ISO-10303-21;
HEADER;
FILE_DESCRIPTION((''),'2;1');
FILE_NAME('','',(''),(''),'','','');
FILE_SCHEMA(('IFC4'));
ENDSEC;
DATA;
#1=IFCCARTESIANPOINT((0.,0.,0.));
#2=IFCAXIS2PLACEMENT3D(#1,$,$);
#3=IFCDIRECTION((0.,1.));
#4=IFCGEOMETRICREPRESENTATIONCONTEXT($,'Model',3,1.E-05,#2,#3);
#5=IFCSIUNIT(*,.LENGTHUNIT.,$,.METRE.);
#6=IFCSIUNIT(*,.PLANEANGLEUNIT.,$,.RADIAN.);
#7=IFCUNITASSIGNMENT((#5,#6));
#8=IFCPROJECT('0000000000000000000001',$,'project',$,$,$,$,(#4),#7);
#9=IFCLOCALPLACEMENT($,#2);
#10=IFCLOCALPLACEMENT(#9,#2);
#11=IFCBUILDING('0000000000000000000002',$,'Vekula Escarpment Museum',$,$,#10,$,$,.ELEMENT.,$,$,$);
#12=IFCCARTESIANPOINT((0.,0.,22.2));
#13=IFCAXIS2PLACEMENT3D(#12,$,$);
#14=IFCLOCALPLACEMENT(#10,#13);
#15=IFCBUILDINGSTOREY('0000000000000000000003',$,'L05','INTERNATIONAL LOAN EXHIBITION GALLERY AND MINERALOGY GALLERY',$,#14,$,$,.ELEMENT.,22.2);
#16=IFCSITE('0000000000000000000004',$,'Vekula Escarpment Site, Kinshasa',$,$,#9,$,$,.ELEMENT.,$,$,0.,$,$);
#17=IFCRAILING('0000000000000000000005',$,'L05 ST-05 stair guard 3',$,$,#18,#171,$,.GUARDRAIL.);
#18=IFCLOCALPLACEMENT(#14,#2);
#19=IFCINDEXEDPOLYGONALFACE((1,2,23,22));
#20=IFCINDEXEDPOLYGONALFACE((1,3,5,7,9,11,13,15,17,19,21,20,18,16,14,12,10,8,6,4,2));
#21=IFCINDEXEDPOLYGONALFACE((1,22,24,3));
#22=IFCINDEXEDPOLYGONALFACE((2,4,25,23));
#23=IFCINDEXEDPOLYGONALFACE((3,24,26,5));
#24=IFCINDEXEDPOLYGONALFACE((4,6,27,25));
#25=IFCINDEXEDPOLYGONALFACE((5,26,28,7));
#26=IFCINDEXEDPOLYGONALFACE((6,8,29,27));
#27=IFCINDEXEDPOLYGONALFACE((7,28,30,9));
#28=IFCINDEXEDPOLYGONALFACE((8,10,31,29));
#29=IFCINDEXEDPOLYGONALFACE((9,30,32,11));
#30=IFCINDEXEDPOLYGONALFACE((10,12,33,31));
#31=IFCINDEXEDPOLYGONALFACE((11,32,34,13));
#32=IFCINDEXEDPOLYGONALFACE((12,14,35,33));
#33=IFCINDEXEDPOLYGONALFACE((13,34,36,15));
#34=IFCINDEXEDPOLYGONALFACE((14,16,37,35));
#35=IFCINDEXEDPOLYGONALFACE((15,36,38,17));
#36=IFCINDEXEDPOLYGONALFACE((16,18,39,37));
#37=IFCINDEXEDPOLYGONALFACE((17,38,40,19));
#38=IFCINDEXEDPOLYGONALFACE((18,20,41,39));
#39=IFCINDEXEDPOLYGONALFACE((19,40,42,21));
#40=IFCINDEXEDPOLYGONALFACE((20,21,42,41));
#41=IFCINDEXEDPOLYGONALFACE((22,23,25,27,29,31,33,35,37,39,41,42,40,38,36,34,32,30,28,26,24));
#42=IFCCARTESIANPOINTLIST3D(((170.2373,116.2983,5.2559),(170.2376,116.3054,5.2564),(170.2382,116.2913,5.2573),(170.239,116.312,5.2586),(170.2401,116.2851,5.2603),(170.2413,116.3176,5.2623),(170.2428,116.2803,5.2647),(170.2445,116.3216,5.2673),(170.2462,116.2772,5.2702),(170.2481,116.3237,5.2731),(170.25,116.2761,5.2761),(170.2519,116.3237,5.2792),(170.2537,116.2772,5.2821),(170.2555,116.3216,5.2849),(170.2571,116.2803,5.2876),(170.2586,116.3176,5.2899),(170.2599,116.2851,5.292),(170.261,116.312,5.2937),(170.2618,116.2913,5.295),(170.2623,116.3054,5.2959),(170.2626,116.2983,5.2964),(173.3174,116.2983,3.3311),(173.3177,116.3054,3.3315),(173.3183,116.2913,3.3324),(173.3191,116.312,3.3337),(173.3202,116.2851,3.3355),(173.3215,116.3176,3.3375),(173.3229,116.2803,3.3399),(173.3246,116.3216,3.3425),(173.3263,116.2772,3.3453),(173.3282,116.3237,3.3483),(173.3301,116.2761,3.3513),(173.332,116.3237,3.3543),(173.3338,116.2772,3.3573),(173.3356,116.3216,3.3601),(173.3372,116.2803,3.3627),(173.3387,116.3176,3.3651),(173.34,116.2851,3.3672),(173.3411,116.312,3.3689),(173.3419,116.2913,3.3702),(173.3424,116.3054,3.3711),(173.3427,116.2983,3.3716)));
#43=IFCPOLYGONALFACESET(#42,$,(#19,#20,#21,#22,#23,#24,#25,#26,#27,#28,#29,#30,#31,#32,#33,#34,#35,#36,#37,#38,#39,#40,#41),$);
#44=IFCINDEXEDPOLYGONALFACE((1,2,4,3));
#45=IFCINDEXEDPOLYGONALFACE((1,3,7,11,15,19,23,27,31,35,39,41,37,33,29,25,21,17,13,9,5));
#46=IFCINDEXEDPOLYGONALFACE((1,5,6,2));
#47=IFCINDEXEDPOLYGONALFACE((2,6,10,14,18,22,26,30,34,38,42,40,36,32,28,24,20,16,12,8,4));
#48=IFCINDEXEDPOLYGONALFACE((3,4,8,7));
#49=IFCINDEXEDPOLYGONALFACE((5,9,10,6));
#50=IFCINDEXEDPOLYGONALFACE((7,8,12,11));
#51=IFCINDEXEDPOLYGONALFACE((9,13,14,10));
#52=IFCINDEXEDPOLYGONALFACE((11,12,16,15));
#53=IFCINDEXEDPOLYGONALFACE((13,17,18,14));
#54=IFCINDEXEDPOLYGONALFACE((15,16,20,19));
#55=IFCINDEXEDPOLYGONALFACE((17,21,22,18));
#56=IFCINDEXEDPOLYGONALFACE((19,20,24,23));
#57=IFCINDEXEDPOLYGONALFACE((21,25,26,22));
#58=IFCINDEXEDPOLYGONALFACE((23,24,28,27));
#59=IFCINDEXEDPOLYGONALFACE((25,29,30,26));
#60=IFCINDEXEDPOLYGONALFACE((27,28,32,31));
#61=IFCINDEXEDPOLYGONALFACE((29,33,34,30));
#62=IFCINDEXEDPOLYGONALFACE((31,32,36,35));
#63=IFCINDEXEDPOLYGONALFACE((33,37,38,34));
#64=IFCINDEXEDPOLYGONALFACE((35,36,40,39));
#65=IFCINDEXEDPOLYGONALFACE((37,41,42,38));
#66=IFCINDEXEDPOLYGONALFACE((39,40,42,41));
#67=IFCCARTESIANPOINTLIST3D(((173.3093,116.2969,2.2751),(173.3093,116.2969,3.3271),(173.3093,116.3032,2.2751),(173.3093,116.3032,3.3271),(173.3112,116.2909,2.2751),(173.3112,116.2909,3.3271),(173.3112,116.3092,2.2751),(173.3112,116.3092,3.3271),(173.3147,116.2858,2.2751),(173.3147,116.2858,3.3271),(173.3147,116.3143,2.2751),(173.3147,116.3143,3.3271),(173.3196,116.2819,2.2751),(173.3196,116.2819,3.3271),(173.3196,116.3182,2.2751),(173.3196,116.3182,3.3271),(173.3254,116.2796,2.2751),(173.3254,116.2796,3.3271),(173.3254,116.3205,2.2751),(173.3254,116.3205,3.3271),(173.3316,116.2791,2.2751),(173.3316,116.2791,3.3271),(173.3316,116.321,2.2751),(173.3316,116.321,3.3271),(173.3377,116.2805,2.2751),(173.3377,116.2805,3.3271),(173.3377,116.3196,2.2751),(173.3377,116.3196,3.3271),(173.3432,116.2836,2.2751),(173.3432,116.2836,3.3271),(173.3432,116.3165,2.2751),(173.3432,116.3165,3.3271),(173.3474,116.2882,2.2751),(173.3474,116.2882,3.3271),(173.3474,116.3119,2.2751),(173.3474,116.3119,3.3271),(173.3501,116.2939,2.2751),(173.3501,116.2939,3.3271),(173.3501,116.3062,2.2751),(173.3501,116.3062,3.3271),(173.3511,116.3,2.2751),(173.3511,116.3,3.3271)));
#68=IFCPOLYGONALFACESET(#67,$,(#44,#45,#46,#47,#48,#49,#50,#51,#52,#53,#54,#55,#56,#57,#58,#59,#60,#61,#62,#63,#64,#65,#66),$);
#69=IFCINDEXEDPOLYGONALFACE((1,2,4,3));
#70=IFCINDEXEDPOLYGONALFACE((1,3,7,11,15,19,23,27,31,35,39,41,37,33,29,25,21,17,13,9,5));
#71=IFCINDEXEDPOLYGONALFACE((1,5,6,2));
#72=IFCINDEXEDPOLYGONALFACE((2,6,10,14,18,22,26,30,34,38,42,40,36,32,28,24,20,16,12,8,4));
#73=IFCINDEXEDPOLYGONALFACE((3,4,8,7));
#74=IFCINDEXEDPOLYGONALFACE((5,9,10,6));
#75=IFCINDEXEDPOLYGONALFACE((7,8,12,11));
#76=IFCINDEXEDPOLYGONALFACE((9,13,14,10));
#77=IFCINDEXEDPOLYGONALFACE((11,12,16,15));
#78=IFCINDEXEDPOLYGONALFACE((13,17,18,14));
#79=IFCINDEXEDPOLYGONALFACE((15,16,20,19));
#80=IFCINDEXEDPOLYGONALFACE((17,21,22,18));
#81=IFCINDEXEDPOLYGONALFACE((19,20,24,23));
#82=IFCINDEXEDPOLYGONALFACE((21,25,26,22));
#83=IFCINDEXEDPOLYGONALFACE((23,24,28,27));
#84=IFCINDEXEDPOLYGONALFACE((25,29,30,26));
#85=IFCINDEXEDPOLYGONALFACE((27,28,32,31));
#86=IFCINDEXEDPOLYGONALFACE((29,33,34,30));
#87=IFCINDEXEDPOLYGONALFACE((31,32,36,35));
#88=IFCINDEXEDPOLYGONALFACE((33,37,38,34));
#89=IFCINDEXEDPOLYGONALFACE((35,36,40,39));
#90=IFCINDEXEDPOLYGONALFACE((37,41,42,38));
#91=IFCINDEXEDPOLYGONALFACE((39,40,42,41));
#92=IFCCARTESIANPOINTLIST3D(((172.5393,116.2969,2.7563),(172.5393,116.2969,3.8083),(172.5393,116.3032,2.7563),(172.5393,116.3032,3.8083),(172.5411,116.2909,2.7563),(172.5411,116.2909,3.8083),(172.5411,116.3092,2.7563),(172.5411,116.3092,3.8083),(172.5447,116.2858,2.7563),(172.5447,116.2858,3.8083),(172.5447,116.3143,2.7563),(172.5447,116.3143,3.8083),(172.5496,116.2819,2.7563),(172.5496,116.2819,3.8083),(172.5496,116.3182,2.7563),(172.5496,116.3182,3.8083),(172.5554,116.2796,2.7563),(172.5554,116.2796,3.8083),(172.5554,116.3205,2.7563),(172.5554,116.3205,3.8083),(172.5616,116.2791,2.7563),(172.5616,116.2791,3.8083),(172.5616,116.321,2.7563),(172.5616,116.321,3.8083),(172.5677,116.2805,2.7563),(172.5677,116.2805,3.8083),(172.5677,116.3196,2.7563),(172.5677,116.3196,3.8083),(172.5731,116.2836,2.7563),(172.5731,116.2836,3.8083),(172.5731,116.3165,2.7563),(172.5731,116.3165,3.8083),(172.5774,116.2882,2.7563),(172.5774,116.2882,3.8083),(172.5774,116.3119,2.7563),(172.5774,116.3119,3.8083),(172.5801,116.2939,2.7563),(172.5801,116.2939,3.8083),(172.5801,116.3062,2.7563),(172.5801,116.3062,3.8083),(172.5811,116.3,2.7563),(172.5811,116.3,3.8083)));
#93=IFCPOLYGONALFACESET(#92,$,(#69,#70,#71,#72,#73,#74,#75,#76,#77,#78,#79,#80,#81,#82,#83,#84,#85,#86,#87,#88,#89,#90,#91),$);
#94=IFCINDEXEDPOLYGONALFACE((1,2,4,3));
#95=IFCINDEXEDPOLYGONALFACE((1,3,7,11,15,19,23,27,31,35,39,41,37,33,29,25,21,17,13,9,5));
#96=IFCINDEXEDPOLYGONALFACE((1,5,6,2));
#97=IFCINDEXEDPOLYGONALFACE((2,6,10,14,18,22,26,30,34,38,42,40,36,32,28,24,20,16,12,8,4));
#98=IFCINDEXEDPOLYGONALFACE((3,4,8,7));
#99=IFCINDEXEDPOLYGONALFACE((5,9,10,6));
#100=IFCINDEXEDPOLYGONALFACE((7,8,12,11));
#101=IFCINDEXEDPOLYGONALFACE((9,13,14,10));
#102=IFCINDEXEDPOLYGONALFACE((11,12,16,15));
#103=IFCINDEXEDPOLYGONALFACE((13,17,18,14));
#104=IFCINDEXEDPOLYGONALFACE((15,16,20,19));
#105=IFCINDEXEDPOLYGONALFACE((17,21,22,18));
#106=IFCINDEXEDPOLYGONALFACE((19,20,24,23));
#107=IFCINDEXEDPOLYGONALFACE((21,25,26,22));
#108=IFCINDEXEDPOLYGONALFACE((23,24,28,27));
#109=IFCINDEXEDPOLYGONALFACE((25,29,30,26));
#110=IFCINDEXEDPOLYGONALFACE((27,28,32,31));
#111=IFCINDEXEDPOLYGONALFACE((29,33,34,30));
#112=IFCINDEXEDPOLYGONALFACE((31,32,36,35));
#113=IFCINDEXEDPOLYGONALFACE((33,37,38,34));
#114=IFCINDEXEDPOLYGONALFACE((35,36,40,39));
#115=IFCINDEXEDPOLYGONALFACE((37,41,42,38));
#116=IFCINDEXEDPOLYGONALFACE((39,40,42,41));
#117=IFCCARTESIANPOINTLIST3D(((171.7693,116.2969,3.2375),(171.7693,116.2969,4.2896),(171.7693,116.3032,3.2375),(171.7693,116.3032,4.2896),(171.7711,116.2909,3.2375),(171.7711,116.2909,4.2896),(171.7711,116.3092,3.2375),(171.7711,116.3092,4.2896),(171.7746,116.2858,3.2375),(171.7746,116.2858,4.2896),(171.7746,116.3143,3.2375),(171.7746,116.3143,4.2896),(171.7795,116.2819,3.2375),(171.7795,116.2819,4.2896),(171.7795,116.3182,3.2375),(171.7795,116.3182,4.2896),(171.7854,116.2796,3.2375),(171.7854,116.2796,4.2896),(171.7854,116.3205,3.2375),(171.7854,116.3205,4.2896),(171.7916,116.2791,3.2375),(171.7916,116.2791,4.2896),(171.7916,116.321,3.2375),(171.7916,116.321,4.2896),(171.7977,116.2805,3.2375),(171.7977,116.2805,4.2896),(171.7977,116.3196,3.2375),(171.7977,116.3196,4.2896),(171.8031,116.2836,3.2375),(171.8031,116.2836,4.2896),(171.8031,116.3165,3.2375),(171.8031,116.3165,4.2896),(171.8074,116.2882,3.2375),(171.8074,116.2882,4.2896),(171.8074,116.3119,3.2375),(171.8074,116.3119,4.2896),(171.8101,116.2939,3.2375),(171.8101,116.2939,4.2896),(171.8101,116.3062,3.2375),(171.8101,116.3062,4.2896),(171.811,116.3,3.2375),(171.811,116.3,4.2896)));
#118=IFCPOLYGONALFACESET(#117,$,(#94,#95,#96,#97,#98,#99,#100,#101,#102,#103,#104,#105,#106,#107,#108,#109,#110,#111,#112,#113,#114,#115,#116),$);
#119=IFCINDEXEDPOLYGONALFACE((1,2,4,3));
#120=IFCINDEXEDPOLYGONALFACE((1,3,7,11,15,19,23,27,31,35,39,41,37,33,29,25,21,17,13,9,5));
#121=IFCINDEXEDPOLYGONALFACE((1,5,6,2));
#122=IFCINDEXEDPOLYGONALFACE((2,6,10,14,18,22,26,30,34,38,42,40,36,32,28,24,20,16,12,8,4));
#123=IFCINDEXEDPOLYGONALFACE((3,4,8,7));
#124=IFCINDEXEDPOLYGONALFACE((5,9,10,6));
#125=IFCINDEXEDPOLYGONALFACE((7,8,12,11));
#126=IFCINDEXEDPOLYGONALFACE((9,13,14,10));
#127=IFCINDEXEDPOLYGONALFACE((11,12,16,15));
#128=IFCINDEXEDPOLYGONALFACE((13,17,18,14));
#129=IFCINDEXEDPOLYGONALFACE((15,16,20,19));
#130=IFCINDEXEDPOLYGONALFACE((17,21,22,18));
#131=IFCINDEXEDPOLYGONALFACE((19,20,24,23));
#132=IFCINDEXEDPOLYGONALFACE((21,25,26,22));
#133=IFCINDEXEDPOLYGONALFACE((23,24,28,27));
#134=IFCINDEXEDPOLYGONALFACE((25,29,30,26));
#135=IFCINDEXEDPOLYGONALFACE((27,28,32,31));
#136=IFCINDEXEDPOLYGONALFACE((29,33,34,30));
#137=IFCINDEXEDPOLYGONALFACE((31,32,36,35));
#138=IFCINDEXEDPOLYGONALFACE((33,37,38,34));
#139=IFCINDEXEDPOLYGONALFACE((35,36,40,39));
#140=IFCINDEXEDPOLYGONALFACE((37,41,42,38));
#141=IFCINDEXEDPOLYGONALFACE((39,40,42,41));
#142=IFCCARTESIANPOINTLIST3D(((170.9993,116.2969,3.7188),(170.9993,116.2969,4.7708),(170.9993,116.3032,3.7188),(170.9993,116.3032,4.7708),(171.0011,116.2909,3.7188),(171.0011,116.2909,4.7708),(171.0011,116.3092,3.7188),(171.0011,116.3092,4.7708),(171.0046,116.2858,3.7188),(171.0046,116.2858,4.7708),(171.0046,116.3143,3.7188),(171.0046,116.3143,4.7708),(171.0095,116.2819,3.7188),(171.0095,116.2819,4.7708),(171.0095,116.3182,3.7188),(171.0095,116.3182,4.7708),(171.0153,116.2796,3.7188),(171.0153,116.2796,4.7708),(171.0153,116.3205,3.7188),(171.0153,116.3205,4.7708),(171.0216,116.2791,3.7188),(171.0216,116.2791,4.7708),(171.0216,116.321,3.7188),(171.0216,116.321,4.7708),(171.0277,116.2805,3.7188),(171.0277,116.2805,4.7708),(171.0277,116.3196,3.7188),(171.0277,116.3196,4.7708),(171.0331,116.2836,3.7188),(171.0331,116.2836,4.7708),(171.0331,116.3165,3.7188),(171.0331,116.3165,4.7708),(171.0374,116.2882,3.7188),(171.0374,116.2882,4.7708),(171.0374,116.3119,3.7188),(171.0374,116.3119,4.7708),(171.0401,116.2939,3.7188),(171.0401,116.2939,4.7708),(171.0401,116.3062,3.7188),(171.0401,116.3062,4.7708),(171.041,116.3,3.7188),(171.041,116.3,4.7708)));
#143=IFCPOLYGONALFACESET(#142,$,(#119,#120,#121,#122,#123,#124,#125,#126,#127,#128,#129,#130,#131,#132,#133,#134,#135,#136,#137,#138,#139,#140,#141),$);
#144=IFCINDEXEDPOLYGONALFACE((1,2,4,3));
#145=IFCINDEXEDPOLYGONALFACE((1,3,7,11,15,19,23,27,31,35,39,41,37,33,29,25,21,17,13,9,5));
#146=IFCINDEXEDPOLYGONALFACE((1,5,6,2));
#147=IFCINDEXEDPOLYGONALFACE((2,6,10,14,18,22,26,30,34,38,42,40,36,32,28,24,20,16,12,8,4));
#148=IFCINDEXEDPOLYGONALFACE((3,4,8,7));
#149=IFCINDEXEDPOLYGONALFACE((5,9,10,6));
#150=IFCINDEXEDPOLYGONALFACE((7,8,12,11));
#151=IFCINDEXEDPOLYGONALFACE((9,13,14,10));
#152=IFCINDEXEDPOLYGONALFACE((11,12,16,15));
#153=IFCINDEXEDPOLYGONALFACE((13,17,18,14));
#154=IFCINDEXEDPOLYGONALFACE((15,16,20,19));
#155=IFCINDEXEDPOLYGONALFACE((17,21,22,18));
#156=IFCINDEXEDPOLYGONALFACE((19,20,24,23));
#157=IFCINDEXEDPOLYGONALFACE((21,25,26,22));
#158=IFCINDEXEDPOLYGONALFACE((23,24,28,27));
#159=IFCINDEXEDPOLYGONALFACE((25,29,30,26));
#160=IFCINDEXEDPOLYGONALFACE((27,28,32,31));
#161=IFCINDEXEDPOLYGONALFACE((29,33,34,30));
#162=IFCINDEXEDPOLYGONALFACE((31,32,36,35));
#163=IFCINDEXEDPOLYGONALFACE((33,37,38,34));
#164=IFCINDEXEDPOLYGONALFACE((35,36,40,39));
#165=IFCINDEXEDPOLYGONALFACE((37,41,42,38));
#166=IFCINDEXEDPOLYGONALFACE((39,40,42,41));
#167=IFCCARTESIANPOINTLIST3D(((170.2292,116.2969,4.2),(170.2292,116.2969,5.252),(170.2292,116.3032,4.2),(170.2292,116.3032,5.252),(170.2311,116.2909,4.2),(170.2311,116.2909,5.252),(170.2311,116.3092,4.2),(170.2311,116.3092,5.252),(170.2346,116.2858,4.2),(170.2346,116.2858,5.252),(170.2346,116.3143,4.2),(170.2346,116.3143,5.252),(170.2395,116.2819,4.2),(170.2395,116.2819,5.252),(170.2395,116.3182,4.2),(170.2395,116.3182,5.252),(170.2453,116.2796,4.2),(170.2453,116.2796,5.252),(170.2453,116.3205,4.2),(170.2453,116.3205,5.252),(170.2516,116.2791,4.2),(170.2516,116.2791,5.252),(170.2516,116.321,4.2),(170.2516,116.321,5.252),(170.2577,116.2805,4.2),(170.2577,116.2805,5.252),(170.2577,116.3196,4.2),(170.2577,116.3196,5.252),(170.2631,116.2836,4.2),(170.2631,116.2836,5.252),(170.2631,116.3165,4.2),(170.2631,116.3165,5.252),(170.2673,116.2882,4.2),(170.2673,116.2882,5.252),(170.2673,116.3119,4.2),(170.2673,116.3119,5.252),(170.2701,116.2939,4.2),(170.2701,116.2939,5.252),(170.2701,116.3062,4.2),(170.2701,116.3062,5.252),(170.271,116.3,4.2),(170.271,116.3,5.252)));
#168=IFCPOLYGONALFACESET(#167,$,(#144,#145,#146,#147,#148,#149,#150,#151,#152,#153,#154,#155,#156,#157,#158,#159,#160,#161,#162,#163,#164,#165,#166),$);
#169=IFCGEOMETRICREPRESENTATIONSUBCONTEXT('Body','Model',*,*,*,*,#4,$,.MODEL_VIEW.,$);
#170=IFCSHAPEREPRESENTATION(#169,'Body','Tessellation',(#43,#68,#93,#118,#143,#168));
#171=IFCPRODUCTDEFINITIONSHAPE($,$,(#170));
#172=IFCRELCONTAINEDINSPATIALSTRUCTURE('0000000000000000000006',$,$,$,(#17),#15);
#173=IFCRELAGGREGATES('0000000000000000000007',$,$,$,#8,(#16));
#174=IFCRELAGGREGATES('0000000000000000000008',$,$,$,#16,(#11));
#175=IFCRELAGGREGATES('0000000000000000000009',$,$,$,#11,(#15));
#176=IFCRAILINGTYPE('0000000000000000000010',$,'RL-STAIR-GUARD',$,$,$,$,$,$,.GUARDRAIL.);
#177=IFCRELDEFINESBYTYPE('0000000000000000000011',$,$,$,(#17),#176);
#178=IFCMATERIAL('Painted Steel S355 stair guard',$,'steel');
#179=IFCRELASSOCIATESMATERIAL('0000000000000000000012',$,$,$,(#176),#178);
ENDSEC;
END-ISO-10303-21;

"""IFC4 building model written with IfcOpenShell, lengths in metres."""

from ifc_helpers import new_model, si_unit, direction, frame, origin, origin_2d, place, context, subcontext, project, spatial, circle, extrude, material, type_object, element, save


model = new_model("IFC4")

# Units and contexts
model_context = context("Model", 3, precision=1e-05, world=origin(), true_north=direction((0.0, 1.0)))
body_context = subcontext(model_context, "Body", "Model", "MODEL_VIEW")
ifc_project = project(units=[si_unit("LENGTHUNIT", "METRE"), si_unit("PLANEANGLEUNIT", "RADIAN")], contexts=[model_context])

# Site, building, storey
site_placement = place(None, origin())
site = spatial("IfcSite", under=ifc_project, at=site_placement, Name="Vekula Escarpment Site, Kinshasa", CompositionType="ELEMENT", RefElevation=0.0)
building_placement = place(site_placement, origin())
building = spatial("IfcBuilding", under=site, at=building_placement, Name="Vekula Escarpment Museum", CompositionType="ELEMENT")
storey_placement = place(building_placement, frame((0.0, 0.0, 22.2)))
storey = spatial("IfcBuildingStorey", under=building, at=storey_placement, Name="L05", Description="INTERNATIONAL LOAN EXHIBITION GALLERY AND MINERALOGY GALLERY", CompositionType="ELEMENT", Elevation=22.2)

# Railing
ifc_material_1 = material(Name="Painted Steel S355 stair guard", Category="steel")
railing_type_1 = type_object("IfcRailingType", Name="RL-STAIR-GUARD", PredefinedType="GUARDRAIL", material=ifc_material_1)
railing_1_placement = place(storey_placement, frame((173.3301, 116.3, 2.2751)))
element("IfcRailing", 1, at=railing_1_placement, inside=storey, type_object=railing_type_1, Name="L05 ST-05 stair guard 3", PredefinedType="GUARDRAIL", context=body_context, shape_type="SweptSolid", body=[
    extrude(circle(Radius=0.0239, at=origin_2d()), frame((0.0, 0.0, 1.0762), z_axis=(-0.848029, 0.0, 0.529951), x_axis=(0.0, -1.0, 0.0)), (0.0, 0.0, 1.0), 3.6321),
    extrude(circle(Radius=0.021, at=origin_2d()), origin(), (0.0, 0.0, 1.0), 1.052),
    extrude(circle(Radius=0.021, at=origin_2d()), frame((-0.77, 0.0, 0.4812)), (0.0, 0.0, 1.0), 1.052),
    extrude(circle(Radius=0.021, at=origin_2d()), frame((-1.54, 0.0, 0.9624)), (0.0, 0.0, 1.0), 1.052),
    extrude(circle(Radius=0.021, at=origin_2d()), frame((-2.3101, 0.0, 1.4436)), (0.0, 0.0, 1.0), 1.052),
    extrude(circle(Radius=0.021, at=origin_2d()), frame((-3.0801, 0.0, 1.9248)), (0.0, 0.0, 1.0), 1.052),
])

save(model, "model.ifc")
